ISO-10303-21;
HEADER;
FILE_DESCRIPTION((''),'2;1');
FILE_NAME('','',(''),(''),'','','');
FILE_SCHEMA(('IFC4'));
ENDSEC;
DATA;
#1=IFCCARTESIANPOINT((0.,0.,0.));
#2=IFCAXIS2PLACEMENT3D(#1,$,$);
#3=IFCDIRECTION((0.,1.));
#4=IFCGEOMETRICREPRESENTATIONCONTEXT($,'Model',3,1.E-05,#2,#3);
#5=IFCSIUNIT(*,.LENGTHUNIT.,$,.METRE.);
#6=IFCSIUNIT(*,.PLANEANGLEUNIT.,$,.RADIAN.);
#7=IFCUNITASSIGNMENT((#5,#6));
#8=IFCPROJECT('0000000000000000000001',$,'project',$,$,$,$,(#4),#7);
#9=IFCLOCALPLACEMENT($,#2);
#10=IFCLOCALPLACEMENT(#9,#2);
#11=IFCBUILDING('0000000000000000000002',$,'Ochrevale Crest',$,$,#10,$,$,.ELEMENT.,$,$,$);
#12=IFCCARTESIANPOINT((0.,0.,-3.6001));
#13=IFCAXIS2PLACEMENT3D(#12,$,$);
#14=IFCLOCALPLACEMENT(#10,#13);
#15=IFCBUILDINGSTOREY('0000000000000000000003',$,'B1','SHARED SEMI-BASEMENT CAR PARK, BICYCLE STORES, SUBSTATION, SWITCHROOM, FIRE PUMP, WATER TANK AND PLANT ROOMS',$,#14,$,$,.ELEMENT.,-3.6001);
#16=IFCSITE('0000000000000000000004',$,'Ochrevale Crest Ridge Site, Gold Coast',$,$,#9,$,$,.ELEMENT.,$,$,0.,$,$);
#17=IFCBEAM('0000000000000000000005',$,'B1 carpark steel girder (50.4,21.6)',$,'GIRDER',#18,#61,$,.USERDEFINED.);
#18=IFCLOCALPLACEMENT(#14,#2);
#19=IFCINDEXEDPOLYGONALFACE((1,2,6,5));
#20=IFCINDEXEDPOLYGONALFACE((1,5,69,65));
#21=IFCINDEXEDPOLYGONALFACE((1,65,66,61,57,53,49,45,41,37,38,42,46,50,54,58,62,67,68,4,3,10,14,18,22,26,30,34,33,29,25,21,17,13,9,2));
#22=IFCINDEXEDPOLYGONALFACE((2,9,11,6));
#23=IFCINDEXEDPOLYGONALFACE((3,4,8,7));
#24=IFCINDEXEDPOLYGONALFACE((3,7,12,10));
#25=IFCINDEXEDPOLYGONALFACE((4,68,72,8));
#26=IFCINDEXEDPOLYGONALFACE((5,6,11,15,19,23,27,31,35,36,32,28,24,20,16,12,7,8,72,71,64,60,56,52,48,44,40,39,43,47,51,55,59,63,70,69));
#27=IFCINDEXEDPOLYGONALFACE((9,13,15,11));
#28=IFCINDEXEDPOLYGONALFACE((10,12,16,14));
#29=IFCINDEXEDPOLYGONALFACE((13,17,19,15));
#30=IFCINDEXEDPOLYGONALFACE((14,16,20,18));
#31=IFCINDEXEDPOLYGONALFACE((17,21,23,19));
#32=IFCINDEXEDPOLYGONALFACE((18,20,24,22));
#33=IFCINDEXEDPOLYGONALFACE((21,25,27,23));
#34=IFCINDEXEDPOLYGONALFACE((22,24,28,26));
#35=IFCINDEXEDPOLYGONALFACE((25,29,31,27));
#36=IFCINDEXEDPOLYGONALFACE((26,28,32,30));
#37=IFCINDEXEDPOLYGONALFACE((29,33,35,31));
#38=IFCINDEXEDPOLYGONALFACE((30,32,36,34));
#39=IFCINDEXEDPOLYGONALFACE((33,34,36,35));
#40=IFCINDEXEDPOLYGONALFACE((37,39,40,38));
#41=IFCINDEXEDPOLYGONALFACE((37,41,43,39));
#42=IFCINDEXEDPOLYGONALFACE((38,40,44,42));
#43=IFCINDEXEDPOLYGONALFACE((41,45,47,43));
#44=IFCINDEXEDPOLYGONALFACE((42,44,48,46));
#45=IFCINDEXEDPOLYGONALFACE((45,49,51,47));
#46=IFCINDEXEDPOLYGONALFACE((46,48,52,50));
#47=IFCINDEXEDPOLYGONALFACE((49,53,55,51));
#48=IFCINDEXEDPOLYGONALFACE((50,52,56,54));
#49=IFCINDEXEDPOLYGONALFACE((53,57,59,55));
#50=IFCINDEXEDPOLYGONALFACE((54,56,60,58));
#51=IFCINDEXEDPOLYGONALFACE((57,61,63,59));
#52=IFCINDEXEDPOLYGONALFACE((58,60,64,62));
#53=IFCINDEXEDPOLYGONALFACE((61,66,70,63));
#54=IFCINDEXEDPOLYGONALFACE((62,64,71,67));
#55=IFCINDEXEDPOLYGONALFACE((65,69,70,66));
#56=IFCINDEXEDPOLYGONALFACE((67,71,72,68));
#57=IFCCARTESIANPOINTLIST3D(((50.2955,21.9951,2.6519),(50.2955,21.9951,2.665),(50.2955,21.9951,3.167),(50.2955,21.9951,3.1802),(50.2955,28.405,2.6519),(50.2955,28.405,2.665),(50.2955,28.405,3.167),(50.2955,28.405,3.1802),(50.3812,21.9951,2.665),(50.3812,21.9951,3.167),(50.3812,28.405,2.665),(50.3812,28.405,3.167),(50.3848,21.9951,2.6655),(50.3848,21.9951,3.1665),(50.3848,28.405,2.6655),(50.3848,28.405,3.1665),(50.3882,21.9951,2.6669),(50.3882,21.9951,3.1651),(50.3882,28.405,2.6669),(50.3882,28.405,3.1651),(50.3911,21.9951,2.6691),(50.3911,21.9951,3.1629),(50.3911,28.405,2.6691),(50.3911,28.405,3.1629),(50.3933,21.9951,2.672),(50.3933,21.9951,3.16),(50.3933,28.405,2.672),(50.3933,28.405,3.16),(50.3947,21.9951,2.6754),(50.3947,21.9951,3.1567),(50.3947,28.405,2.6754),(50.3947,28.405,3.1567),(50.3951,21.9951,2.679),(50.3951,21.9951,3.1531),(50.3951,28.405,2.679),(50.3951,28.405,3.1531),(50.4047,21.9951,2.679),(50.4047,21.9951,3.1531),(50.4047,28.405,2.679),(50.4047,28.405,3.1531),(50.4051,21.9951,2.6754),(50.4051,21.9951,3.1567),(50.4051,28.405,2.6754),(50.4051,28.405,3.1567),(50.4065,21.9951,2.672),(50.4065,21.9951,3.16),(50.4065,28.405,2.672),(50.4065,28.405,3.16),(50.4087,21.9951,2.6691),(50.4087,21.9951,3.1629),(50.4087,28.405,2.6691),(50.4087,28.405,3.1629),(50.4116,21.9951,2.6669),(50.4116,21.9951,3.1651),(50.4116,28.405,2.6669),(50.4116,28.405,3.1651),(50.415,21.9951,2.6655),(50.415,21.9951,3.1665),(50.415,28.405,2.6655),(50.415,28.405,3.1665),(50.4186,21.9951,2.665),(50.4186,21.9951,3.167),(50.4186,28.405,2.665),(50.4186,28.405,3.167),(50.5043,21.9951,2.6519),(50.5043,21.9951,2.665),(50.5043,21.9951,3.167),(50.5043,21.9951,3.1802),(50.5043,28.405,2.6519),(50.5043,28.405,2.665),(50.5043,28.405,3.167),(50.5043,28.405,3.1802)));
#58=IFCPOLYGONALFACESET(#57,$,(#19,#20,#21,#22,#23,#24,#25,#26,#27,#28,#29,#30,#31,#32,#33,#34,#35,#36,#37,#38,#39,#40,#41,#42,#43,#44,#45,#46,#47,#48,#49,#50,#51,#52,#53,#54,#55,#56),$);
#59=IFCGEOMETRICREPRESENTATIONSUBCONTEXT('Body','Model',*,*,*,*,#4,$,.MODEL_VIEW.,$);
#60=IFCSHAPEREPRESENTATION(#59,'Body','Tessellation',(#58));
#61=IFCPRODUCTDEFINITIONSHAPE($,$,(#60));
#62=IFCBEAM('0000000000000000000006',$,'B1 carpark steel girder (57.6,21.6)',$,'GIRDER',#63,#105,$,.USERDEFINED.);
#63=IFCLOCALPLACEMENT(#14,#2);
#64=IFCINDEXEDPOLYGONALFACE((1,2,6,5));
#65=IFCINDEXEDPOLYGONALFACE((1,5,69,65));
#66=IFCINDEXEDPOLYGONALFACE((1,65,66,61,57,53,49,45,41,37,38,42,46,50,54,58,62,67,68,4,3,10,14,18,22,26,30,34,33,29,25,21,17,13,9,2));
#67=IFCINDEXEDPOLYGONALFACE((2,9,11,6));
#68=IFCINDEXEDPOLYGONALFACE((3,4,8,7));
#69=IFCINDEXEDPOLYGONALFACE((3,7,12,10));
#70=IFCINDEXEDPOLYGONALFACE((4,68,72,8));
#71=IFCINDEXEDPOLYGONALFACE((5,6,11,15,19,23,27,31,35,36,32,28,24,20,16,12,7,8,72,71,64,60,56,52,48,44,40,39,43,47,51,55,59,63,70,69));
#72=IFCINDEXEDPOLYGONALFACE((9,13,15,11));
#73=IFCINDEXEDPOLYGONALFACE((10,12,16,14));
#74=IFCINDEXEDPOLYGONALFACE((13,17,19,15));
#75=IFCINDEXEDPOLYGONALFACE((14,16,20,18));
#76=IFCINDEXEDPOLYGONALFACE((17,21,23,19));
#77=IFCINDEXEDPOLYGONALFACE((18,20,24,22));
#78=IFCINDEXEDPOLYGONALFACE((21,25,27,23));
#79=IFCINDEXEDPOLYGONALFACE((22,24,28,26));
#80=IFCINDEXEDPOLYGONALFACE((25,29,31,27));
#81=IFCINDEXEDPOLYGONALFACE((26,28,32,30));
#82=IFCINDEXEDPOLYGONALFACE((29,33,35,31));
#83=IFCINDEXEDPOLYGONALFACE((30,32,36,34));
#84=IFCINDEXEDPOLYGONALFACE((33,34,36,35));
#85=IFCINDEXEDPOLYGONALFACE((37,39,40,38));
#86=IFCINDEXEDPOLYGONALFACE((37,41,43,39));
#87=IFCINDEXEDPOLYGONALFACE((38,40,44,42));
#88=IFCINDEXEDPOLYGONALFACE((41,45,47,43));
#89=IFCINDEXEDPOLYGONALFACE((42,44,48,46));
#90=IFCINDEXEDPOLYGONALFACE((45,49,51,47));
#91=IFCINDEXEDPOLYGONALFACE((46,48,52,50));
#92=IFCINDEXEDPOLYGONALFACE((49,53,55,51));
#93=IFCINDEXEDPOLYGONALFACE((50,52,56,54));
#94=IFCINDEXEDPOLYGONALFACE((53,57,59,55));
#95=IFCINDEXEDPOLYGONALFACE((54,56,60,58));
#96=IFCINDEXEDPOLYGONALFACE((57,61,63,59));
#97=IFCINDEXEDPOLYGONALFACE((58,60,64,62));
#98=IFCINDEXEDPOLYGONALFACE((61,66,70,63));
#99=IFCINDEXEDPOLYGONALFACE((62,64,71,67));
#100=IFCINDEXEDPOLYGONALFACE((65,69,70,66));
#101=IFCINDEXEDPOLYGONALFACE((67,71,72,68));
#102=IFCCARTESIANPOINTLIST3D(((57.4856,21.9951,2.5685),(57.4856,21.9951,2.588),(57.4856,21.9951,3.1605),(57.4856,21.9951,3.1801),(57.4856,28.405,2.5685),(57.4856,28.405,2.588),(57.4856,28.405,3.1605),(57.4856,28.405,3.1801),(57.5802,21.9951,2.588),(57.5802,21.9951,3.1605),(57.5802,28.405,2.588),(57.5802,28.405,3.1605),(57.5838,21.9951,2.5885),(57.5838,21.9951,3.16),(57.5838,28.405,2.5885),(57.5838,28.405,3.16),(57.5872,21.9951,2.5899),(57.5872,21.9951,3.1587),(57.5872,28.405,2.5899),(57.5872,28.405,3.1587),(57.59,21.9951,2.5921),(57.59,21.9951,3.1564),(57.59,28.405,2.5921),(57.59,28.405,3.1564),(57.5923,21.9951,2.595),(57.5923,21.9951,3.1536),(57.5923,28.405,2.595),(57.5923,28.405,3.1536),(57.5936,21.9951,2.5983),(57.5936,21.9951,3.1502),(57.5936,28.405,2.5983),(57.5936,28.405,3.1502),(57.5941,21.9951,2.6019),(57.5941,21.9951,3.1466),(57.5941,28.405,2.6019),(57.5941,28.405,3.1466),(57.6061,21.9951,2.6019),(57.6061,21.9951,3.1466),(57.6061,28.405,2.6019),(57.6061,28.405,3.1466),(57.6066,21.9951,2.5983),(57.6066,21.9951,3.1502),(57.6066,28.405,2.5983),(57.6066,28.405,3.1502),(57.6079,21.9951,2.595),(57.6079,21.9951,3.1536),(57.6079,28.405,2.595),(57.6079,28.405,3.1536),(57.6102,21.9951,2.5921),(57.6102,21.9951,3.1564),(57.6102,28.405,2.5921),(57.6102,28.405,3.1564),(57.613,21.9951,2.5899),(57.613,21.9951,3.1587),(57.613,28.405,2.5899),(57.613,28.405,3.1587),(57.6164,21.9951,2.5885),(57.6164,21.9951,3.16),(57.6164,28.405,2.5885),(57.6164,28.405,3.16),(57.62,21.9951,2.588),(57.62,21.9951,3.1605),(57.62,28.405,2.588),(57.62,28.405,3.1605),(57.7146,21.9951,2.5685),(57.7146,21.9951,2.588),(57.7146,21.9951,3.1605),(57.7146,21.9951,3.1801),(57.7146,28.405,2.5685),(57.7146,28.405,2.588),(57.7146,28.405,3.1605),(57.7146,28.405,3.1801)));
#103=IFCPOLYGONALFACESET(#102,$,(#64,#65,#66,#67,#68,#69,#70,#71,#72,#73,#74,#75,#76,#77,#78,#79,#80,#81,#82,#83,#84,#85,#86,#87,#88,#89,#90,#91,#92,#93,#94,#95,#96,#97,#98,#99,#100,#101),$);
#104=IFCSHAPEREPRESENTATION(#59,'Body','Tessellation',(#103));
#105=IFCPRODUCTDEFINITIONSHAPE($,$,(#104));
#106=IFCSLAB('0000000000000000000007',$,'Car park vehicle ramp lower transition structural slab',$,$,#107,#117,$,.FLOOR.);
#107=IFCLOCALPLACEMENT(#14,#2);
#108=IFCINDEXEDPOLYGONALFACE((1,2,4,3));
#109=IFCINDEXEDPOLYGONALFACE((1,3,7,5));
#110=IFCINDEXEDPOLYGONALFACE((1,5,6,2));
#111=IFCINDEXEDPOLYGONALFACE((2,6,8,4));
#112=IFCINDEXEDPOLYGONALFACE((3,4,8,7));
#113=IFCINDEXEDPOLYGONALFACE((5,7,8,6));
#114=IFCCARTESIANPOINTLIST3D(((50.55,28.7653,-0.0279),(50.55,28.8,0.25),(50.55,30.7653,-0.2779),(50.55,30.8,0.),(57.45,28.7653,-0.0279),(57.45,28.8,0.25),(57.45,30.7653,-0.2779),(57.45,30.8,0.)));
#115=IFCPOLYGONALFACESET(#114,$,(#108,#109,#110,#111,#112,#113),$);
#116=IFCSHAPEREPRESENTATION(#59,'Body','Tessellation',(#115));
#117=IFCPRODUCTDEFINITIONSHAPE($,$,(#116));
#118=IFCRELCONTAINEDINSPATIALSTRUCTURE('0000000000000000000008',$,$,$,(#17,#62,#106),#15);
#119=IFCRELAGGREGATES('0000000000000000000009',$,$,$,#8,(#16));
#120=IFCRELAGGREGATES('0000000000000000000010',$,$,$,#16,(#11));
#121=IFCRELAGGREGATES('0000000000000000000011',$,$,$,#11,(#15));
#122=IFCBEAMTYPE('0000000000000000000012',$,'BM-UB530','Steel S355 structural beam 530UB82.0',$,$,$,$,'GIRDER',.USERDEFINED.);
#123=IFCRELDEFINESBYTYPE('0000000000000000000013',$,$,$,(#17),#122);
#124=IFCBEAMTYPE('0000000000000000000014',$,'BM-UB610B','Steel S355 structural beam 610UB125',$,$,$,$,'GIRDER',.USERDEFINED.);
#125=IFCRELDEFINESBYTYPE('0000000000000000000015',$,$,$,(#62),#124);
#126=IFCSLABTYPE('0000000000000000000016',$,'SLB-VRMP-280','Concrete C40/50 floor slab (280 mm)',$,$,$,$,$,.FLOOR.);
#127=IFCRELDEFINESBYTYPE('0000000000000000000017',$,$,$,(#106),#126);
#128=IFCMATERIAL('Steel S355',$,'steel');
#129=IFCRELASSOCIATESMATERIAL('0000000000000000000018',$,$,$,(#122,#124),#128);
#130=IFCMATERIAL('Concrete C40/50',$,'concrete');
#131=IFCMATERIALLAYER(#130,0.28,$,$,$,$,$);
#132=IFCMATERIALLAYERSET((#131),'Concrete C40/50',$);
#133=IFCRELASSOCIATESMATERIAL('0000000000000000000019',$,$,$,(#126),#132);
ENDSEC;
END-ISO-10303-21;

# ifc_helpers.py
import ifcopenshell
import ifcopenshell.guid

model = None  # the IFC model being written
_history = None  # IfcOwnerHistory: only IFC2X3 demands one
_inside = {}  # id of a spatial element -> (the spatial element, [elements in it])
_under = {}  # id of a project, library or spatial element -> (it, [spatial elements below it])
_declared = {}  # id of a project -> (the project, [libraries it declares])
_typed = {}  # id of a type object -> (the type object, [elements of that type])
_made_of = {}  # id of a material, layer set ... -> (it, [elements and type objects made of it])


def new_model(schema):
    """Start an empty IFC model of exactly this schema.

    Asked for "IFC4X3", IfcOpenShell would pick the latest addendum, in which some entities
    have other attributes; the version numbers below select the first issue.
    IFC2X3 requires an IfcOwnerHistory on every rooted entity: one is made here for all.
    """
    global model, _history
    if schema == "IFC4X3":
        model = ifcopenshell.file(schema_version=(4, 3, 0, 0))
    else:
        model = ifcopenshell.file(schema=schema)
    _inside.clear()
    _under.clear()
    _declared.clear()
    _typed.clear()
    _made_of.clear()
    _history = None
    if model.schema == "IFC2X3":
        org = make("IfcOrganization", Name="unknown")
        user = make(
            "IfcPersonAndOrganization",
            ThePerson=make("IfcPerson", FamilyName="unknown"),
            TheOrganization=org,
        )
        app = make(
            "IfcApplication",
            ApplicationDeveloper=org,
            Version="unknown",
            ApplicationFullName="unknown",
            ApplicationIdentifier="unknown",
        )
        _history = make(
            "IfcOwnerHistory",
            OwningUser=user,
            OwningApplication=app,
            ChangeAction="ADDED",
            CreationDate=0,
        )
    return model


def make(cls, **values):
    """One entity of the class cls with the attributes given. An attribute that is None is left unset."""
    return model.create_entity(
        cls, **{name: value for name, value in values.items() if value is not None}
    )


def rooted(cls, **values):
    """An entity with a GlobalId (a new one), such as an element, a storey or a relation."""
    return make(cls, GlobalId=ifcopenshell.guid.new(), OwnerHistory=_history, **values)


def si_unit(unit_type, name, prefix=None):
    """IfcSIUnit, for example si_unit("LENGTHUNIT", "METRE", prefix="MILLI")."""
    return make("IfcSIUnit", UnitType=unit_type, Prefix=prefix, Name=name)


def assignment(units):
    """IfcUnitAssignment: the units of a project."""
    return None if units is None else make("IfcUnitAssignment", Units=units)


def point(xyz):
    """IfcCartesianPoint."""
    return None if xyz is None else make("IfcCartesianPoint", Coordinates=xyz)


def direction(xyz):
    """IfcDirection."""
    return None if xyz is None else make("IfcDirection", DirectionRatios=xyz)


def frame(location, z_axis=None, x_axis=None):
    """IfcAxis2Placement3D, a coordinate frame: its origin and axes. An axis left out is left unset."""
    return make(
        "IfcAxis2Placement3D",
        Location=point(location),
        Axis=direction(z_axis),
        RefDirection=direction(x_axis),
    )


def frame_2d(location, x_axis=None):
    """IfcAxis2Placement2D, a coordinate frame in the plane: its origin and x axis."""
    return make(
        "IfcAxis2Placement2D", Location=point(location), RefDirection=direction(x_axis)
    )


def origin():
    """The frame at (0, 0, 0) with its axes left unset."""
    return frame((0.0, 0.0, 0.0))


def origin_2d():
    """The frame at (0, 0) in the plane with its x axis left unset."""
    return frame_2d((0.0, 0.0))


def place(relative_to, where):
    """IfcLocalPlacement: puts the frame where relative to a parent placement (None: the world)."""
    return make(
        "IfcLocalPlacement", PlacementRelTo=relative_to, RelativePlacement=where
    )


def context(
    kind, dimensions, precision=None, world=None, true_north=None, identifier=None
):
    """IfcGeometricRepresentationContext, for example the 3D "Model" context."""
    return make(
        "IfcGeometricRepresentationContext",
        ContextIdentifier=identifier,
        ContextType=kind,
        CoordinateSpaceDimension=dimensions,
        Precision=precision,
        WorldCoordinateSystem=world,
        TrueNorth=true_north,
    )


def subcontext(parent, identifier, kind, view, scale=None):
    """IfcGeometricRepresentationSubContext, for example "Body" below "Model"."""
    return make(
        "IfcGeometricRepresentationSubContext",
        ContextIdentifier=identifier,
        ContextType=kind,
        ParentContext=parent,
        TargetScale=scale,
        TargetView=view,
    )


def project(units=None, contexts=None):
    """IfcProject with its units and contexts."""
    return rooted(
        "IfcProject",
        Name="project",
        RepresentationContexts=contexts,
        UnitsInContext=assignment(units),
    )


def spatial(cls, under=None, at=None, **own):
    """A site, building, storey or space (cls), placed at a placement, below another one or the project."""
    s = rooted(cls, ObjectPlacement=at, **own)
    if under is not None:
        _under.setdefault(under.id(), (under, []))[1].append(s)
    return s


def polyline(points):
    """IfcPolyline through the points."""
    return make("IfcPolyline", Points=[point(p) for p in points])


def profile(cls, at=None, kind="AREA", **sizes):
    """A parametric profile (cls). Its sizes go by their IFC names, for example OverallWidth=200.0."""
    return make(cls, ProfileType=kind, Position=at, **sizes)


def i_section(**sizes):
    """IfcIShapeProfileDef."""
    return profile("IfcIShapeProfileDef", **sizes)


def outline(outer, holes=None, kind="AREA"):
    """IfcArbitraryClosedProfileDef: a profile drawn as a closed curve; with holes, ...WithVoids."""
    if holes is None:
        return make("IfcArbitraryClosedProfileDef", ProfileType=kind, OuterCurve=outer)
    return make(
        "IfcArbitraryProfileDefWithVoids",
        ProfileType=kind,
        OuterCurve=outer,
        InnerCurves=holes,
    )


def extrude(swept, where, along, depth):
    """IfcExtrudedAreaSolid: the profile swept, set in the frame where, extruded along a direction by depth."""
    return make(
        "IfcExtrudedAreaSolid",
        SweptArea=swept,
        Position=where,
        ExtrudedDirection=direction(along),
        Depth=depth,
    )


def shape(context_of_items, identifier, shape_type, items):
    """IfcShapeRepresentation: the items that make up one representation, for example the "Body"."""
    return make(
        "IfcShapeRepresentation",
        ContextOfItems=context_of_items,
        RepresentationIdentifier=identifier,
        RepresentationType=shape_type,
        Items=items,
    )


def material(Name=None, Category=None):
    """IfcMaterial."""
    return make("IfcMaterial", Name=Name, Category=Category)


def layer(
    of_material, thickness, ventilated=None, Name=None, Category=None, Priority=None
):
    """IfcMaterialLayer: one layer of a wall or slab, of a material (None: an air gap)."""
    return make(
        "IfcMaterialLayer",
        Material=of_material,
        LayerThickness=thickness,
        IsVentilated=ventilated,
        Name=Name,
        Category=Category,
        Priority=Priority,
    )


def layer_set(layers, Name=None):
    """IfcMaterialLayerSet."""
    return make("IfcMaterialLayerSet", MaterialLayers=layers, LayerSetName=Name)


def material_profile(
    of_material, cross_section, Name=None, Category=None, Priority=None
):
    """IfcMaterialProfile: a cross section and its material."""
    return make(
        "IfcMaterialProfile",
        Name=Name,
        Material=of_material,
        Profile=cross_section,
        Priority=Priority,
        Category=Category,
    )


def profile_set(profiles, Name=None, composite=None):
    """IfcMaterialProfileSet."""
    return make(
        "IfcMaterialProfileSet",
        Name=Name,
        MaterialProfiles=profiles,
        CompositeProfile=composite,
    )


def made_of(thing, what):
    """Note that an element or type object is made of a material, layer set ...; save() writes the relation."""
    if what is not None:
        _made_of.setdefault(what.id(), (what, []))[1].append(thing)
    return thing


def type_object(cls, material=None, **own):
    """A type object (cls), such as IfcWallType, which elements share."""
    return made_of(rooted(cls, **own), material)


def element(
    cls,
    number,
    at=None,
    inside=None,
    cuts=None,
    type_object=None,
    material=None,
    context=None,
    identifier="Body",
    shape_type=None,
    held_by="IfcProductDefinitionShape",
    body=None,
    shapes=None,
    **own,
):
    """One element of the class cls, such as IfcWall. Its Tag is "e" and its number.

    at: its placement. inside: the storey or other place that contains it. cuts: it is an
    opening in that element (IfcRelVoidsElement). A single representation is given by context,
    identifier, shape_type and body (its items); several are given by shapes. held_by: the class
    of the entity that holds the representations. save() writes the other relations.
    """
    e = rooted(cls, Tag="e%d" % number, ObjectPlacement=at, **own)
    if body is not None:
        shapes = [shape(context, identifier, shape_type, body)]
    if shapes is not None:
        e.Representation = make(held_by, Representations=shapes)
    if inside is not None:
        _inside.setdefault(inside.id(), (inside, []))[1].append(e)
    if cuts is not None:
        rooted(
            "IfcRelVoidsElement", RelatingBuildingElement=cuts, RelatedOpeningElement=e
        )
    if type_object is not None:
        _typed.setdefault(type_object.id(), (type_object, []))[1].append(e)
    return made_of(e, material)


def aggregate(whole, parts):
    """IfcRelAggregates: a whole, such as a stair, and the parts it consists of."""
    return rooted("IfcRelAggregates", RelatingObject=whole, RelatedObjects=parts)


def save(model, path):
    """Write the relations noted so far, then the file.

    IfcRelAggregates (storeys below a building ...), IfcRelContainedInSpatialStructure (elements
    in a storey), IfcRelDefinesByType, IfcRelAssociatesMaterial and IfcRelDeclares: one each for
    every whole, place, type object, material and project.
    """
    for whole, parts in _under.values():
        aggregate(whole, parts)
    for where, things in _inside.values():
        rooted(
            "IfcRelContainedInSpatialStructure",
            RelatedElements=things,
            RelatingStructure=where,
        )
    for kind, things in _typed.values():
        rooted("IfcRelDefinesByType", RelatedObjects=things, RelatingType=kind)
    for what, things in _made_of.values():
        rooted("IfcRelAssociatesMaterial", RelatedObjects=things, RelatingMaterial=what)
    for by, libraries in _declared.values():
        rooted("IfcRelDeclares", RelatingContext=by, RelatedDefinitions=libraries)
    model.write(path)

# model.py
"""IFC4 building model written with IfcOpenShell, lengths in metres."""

from ifc_helpers import new_model, si_unit, direction, frame, origin, origin_2d, place, context, subcontext, project, spatial, polyline, i_section, outline, extrude, material, layer, layer_set, material_profile, profile_set, type_object, element, save


model = new_model("IFC4")

# Units and contexts
model_context = context("Model", 3, precision=1e-05, world=origin(), true_north=direction((0.0, 1.0)))
body_context = subcontext(model_context, "Body", "Model", "MODEL_VIEW")
ifc_project = project(units=[si_unit("LENGTHUNIT", "METRE"), si_unit("PLANEANGLEUNIT", "RADIAN")], contexts=[model_context])

# Site, building, storey
site_placement = place(None, origin())
site = spatial("IfcSite", under=ifc_project, at=site_placement, Name="Ochrevale Crest Ridge Site, Gold Coast", CompositionType="ELEMENT", RefElevation=0.0)
building_placement = place(site_placement, origin())
building = spatial("IfcBuilding", under=site, at=building_placement, Name="Ochrevale Crest", CompositionType="ELEMENT")
storey_placement = place(building_placement, frame((0.0, 0.0, -3.6001)))
storey = spatial("IfcBuildingStorey", under=building, at=storey_placement, Name="B1", Description="SHARED SEMI-BASEMENT CAR PARK, BICYCLE STORES, SUBSTATION, SWITCHROOM, FIRE PUMP, WATER TANK AND PLANT ROOMS", CompositionType="ELEMENT", Elevation=-3.6001)

# Shared definitions
ifc_material_1 = material(Name="Concrete C40/50", Category="concrete")

# Beams
ifc_material_2 = material(Name="Steel S355", Category="steel")
ifc_material_profile_1 = material_profile(ifc_material_2, i_section(OverallWidth=0.2087, OverallDepth=0.5283, WebThickness=0.0095, FlangeThickness=0.0132, FilletRadius=0.0139, at=origin_2d()), Name="530UB82.0")
ifc_profile_set_1 = profile_set([ifc_material_profile_1], Name="Steel S355")
beam_type_1 = type_object("IfcBeamType", Name="BM-UB530", Description="Steel S355 structural beam 530UB82.0", ElementType="GIRDER", PredefinedType="USERDEFINED", material=ifc_profile_set_1)
beam_1_placement = place(storey_placement, frame((50.3999, 21.9951, 2.916), z_axis=(0.0, 1.0, 0.0), x_axis=(-1.0, 0.0, 0.0)))
element("IfcBeam", 1, at=beam_1_placement, inside=storey, type_object=beam_type_1, Name="B1 carpark steel girder (50.4,21.6)", ObjectType="GIRDER", PredefinedType="USERDEFINED", context=body_context, shape_type="SweptSolid", body=[
    extrude(i_section(OverallWidth=0.2087, OverallDepth=0.5283, WebThickness=0.0095, FlangeThickness=0.0132, FilletRadius=0.0139, at=origin_2d()), origin(), (0.0, 0.0, 1.0), 6.4099),
])
ifc_material_profile_2 = material_profile(ifc_material_2, i_section(OverallWidth=0.229, OverallDepth=0.6116, WebThickness=0.012, FlangeThickness=0.0195, FilletRadius=0.0139, at=origin_2d()), Name="610UB125")
ifc_profile_set_2 = profile_set([ifc_material_profile_2], Name="Steel S355")
beam_type_2 = type_object("IfcBeamType", Name="BM-UB610B", Description="Steel S355 structural beam 610UB125", ElementType="GIRDER", PredefinedType="USERDEFINED", material=ifc_profile_set_2)
beam_2_placement = place(storey_placement, frame((57.6001, 21.9951, 2.8743), z_axis=(0.0, 1.0, 0.0), x_axis=(-1.0, 0.0, 0.0)))
element("IfcBeam", 2, at=beam_2_placement, inside=storey, type_object=beam_type_2, Name="B1 carpark steel girder (57.6,21.6)", ObjectType="GIRDER", PredefinedType="USERDEFINED", context=body_context, shape_type="SweptSolid", body=[
    extrude(i_section(OverallWidth=0.229, OverallDepth=0.6116, WebThickness=0.012, FlangeThickness=0.0195, FilletRadius=0.0139, at=origin_2d()), origin(), (0.0, 0.0, 1.0), 6.4099),
])

# Slab
ifc_layer = layer(ifc_material_1, 0.28)
ifc_layer_set = layer_set([ifc_layer], Name="Concrete C40/50")
slab_type = type_object("IfcSlabType", Name="SLB-VRMP-280", Description="Concrete C40/50 floor slab (280 mm)", PredefinedType="FLOOR", material=ifc_layer_set)
slab_placement = place(storey_placement, frame((50.55, 28.8, 0.25), z_axis=(0.0, 0.124035, 0.992278), x_axis=(1.0, 0.0, 0.0)))
element("IfcSlab", 3, at=slab_placement, inside=storey, type_object=slab_type, Name="Car park vehicle ramp lower transition structural slab", PredefinedType="FLOOR", context=body_context, shape_type="SweptSolid", body=[
    extrude(outline(polyline([(0.0, 0.0), (6.8999, 0.0), (6.8999, 2.0156), (0.0, 2.0156), (0.0, 0.0)])), origin(), (0.0, 0.0, -1.0), 0.28),
])

save(model, "model.ifc")
